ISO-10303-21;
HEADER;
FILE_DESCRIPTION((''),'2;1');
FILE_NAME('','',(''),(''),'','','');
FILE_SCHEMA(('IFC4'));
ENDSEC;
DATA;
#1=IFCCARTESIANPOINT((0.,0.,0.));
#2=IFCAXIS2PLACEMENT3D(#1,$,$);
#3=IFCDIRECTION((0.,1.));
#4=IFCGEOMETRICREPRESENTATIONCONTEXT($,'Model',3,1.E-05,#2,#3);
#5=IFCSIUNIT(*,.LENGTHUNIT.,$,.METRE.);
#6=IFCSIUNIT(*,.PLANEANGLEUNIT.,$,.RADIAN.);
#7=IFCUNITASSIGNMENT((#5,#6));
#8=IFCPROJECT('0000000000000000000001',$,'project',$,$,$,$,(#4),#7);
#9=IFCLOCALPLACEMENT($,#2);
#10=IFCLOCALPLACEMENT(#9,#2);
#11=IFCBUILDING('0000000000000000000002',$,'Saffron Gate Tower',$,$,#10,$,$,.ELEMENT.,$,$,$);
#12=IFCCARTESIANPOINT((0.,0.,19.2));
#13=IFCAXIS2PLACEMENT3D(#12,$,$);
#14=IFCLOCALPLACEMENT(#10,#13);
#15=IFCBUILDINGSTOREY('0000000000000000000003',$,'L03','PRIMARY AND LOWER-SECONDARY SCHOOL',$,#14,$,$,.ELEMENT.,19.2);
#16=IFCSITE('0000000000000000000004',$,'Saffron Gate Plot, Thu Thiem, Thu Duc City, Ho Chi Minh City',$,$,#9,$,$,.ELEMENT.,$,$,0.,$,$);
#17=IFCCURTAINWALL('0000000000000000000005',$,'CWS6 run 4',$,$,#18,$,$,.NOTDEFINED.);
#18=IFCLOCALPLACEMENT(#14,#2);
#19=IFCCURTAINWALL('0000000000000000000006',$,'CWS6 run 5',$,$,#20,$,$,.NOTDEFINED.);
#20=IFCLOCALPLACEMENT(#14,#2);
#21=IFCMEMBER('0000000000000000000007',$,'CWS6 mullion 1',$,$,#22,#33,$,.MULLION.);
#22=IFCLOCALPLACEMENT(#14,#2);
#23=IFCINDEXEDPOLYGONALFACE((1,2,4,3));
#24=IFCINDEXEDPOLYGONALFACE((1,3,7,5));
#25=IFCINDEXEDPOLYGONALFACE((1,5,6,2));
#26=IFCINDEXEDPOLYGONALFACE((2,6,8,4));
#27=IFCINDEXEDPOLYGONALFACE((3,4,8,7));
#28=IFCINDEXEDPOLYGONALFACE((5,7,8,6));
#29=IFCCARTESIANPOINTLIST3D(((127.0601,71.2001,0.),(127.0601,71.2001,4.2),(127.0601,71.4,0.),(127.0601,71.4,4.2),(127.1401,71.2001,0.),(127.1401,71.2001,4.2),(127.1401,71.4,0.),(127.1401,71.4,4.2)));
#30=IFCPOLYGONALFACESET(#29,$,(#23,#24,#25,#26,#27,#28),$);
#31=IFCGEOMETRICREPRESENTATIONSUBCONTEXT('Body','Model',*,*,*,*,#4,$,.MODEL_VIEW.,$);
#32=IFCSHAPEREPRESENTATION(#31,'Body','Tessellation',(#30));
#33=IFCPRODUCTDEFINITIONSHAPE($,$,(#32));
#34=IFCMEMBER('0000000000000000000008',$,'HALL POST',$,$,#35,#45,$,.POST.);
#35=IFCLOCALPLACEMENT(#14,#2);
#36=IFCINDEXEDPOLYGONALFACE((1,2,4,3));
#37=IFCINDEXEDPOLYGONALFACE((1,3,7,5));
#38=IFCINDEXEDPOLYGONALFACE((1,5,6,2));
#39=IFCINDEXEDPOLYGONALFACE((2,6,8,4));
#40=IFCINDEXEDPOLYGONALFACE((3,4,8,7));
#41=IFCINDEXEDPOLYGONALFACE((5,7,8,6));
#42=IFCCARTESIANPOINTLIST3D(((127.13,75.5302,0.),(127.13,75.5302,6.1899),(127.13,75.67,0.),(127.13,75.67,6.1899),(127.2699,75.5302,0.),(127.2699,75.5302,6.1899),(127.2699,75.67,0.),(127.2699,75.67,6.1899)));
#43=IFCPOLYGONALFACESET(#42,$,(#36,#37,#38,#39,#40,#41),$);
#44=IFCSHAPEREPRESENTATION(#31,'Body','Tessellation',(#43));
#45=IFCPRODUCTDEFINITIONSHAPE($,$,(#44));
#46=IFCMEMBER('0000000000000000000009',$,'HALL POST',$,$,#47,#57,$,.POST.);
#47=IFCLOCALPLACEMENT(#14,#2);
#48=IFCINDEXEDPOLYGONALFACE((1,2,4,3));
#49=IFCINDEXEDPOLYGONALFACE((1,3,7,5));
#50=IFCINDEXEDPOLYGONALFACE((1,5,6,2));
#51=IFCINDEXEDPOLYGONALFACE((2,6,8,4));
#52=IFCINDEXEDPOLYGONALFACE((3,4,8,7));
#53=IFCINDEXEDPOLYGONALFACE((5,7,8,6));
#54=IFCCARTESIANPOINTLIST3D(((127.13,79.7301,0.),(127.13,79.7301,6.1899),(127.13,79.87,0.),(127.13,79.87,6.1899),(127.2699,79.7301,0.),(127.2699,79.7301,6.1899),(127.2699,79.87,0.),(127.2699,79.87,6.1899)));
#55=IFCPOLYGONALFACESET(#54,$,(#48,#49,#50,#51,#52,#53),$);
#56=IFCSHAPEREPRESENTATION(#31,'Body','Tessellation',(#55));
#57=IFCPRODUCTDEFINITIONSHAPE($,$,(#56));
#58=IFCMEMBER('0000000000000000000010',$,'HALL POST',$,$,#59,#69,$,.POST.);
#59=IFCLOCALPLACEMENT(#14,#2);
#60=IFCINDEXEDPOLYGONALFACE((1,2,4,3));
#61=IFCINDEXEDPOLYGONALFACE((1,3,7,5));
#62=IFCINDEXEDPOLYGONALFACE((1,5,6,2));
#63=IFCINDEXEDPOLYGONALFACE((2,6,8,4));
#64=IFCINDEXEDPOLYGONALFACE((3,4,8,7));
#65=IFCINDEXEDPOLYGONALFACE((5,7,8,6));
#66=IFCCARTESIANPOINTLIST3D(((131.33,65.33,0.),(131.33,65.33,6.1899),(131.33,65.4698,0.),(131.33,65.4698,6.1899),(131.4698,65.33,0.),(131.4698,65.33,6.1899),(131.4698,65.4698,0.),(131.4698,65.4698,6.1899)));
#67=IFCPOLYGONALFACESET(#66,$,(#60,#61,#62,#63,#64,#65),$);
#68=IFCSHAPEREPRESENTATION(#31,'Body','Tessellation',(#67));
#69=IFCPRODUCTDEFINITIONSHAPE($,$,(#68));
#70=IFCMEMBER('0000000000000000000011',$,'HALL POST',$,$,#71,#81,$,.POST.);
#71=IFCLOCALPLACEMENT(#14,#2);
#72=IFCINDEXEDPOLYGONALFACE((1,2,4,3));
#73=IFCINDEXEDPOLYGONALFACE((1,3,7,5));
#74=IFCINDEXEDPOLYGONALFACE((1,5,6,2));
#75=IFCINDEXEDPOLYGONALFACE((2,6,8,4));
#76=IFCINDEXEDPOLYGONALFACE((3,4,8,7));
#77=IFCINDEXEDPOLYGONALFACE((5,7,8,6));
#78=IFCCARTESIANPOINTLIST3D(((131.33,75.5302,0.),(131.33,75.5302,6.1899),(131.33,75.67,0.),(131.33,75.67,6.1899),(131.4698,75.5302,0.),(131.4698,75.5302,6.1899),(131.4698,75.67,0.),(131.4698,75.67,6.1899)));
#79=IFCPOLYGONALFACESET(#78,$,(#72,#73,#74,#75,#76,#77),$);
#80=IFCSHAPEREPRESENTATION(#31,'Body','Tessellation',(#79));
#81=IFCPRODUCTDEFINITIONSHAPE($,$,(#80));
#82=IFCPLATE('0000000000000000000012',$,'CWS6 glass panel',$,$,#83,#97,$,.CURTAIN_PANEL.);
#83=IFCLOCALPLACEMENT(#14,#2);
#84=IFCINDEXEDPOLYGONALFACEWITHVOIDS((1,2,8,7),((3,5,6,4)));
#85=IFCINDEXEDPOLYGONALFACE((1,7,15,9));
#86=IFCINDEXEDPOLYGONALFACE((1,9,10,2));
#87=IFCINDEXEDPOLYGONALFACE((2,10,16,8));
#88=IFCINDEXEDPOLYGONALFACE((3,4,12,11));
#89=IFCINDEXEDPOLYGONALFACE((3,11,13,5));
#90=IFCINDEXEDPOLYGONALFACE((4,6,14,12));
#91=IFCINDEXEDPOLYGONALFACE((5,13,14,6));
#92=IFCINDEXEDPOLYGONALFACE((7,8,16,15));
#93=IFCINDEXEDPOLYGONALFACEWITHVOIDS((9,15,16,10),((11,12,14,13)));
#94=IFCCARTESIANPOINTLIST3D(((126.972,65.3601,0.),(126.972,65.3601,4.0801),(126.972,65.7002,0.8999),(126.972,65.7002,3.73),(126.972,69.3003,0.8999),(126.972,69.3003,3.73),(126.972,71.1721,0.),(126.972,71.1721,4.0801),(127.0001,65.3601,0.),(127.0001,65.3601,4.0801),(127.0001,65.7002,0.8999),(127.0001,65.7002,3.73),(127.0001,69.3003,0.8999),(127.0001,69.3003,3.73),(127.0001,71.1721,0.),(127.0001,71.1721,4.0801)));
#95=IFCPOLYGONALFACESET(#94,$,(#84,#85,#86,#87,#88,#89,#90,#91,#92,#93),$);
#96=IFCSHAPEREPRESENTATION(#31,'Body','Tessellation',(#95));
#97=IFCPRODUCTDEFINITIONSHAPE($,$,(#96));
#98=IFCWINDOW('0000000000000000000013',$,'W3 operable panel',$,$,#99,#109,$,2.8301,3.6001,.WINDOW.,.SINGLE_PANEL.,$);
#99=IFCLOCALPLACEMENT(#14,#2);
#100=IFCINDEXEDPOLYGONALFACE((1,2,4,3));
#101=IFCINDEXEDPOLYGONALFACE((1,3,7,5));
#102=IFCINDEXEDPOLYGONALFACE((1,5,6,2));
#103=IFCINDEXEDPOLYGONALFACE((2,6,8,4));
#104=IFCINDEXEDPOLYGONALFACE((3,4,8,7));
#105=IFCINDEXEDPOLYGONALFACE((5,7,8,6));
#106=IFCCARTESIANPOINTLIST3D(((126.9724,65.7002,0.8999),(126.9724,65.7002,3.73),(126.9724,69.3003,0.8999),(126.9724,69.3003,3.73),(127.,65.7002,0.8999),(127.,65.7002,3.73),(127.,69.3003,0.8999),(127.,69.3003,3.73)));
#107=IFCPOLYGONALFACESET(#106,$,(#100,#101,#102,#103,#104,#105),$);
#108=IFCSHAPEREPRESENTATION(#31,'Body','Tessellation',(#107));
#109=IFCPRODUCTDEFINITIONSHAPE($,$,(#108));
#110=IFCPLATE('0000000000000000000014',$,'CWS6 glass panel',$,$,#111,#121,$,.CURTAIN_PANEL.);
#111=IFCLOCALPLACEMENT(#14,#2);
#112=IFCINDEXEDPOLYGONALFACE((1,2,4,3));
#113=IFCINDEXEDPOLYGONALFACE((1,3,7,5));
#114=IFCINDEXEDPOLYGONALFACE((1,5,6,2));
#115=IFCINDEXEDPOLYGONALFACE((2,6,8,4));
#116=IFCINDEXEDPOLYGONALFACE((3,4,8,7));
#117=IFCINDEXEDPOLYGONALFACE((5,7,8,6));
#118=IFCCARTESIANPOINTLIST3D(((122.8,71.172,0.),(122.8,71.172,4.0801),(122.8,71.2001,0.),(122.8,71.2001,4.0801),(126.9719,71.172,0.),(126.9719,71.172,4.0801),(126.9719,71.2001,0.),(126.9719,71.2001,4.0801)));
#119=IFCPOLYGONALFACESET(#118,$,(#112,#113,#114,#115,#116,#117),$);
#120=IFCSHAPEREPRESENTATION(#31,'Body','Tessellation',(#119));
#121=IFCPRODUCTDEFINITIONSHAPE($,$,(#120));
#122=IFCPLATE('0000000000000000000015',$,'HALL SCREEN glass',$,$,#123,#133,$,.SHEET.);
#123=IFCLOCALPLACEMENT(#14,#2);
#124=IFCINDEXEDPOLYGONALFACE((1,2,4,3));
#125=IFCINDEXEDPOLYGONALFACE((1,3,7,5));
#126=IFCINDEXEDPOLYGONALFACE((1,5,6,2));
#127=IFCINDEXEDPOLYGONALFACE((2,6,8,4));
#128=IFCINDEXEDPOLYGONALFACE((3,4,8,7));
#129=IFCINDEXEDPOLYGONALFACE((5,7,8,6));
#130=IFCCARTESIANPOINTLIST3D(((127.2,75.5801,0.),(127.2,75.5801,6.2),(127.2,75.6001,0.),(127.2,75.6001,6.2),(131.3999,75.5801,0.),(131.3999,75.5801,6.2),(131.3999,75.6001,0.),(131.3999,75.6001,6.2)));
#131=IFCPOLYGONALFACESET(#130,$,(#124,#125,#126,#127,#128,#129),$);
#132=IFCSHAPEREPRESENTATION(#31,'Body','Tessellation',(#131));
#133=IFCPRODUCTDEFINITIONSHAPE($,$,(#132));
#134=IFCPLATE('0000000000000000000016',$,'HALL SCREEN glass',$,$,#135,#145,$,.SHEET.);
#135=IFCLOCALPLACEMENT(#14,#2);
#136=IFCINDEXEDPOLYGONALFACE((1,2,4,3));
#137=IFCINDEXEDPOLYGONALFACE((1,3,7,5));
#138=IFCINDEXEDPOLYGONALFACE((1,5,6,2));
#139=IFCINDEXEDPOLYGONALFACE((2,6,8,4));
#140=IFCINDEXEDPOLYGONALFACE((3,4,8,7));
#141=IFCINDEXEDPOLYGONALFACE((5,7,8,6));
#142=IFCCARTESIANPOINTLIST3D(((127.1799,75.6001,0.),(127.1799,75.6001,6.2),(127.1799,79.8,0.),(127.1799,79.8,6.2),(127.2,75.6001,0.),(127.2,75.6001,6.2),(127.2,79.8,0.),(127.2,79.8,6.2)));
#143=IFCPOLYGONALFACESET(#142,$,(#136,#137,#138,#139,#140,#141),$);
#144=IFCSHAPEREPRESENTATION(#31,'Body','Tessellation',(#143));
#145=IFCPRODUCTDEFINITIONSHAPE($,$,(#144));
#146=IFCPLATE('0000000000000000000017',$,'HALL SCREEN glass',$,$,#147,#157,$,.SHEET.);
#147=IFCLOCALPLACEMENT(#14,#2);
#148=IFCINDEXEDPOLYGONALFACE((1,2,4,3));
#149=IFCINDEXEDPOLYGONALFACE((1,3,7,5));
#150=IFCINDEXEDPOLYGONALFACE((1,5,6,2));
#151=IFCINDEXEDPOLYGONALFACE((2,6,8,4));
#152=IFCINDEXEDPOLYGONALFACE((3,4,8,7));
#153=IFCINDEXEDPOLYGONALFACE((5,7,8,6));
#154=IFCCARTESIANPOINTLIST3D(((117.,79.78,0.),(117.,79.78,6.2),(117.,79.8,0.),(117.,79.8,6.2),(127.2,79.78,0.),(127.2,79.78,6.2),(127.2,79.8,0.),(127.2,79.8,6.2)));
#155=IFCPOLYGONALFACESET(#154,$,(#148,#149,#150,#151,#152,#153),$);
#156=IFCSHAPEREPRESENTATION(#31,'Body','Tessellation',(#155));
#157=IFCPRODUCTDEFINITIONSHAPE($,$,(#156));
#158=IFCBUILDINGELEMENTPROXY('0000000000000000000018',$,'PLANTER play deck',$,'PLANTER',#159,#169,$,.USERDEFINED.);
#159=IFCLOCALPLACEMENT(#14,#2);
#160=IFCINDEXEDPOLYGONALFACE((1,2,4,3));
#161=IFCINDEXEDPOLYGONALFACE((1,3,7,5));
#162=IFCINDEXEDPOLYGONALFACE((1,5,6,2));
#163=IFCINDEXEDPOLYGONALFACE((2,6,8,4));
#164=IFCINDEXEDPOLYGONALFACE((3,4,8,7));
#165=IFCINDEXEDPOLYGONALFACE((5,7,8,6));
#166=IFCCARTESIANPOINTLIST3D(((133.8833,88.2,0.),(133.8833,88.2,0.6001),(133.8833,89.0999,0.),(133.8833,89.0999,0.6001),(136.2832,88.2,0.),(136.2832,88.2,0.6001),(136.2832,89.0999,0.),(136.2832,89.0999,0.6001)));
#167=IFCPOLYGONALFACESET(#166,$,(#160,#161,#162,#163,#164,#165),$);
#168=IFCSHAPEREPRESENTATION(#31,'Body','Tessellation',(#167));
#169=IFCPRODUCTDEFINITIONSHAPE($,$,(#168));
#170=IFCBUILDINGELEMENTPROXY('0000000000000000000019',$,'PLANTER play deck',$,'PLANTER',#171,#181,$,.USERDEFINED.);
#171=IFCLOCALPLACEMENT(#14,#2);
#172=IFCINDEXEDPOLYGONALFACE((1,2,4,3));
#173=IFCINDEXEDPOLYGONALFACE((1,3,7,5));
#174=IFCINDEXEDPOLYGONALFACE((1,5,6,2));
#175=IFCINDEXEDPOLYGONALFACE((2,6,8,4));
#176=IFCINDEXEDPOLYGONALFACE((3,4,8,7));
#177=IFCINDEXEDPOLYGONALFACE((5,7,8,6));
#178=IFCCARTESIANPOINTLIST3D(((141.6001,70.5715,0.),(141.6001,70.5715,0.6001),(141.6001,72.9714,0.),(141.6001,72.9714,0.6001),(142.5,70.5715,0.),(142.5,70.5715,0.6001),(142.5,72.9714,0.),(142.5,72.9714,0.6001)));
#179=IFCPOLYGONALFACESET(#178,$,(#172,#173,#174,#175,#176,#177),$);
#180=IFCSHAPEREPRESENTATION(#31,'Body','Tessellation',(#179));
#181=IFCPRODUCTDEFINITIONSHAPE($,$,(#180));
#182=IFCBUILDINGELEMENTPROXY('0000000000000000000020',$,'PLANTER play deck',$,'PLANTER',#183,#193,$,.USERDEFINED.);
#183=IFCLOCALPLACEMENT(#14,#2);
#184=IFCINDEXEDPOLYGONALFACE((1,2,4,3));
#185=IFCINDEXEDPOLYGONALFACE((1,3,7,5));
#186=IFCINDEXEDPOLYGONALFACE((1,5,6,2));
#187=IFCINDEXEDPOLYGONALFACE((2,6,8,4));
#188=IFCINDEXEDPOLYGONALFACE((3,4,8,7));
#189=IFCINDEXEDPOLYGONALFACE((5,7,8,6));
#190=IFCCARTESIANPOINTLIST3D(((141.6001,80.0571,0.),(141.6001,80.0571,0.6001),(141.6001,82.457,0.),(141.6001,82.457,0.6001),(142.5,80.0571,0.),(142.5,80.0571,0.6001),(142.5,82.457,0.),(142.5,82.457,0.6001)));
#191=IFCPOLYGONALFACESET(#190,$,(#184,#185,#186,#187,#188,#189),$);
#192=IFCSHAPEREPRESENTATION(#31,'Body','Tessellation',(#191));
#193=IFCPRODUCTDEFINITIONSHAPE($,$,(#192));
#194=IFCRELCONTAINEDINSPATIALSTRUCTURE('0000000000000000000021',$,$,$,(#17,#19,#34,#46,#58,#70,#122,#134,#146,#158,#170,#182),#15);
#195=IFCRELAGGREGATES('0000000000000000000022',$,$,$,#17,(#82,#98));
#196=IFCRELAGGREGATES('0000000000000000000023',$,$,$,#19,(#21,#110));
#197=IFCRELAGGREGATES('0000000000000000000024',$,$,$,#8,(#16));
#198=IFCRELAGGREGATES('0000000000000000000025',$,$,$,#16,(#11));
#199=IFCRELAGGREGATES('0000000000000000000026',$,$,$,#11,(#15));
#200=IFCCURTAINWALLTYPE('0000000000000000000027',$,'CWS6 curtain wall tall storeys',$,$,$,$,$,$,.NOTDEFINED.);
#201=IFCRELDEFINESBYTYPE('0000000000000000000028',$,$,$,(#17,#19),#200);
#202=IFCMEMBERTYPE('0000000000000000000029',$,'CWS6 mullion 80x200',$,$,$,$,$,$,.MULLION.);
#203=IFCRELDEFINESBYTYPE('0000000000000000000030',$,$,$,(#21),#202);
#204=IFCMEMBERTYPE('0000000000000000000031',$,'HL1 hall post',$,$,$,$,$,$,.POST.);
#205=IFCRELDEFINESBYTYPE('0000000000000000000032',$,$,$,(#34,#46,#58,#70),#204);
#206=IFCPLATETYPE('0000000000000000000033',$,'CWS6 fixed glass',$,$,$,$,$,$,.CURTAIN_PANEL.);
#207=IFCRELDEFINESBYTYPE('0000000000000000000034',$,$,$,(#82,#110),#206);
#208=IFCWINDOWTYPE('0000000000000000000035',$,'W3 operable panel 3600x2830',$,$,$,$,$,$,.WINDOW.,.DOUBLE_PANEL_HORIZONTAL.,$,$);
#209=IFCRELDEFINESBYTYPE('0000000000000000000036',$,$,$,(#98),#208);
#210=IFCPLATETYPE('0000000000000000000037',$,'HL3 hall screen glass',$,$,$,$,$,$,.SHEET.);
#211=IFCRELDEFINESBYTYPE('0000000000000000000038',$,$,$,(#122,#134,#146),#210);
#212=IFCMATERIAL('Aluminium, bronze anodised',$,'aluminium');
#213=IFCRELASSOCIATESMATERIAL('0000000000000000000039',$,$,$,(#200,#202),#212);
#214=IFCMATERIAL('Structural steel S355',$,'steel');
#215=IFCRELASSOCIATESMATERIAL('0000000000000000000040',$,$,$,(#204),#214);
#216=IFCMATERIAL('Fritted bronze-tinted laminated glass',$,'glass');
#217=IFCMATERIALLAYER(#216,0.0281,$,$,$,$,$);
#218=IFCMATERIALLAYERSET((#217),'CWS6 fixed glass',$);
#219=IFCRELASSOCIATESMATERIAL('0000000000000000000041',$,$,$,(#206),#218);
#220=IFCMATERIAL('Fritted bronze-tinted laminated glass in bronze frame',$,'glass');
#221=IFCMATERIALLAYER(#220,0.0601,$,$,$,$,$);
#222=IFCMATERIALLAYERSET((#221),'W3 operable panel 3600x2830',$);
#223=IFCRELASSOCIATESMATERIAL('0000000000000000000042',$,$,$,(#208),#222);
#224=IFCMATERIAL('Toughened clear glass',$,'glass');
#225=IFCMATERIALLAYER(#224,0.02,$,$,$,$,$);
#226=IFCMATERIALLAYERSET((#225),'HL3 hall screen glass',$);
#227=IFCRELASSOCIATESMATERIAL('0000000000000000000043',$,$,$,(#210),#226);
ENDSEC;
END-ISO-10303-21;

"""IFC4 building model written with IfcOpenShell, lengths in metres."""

from ifc_helpers import new_model, si_unit, direction, frame, frame_2d, origin, origin_2d, place, context, subcontext, project, spatial, polyline, rectangle, outline, extrude, material, layer, layer_set, material_profile, profile_set, type_object, element, fill, aggregate, save


model = new_model("IFC4")

# Units and contexts
model_context = context("Model", 3, precision=1e-05, world=origin(), true_north=direction((0.0, 1.0)))
body_context = subcontext(model_context, "Body", "Model", "MODEL_VIEW")
ifc_project = project(units=[si_unit("LENGTHUNIT", "METRE"), si_unit("PLANEANGLEUNIT", "RADIAN")], contexts=[model_context])

# Site, building, storey
site_placement = place(None, origin())
site = spatial("IfcSite", under=ifc_project, at=site_placement, Name="Saffron Gate Plot, Thu Thiem, Thu Duc City, Ho Chi Minh City", CompositionType="ELEMENT", RefElevation=0.0)
building_placement = place(site_placement, origin())
building = spatial("IfcBuilding", under=site, at=building_placement, Name="Saffron Gate Tower", CompositionType="ELEMENT")
storey_placement = place(building_placement, frame((0.0, 0.0, 19.2)))
storey = spatial("IfcBuildingStorey", under=building, at=storey_placement, Name="L03", Description="PRIMARY AND LOWER-SECONDARY SCHOOL", CompositionType="ELEMENT", Elevation=19.2)

# Shared definitions
ifc_material_1 = material(Name="Structural steel S355", Category="steel")

# Curtain walls, member
ifc_material_2 = material(Name="Aluminium, bronze anodised", Category="aluminium")
curtain_wall_type = type_object("IfcCurtainWallType", Name="CWS6 curtain wall tall storeys", PredefinedType="NOTDEFINED", material=ifc_material_2)
curtain_wall_1_placement = place(storey_placement, origin())
curtain_wall_1 = element("IfcCurtainWall", 1, at=curtain_wall_1_placement, inside=storey, type_object=curtain_wall_type, Name="CWS6 run 4", PredefinedType="NOTDEFINED")
ifc_material_profile_1 = material_profile(ifc_material_2, rectangle(XDim=0.2, YDim=0.0801, at=origin_2d()))
ifc_profile_set_1 = profile_set([ifc_material_profile_1], Name="Aluminium, bronze anodised")
member_type_1 = type_object("IfcMemberType", Name="CWS6 mullion 80x200", PredefinedType="MULLION", material=ifc_profile_set_1)
curtain_wall_2_placement = place(storey_placement, origin())
curtain_wall_2 = element("IfcCurtainWall", 2, at=curtain_wall_2_placement, inside=storey, type_object=curtain_wall_type, Name="CWS6 run 5", PredefinedType="NOTDEFINED")
member_1_placement = place(storey_placement, frame((127.1001, 71.3, 0.0), z_axis=(0.0, 0.0, 1.0), x_axis=(0.0, -1.0, 0.0)))
member_1 = element("IfcMember", 3, at=member_1_placement, type_object=member_type_1, Name="CWS6 mullion 1", PredefinedType="MULLION", context=body_context, shape_type="SweptSolid", body=[
    extrude(rectangle(XDim=0.2, YDim=0.0801, at=origin_2d()), origin(), (0.0, 0.0, 1.0), 4.2),
])

# Members
ifc_material_profile_2 = material_profile(ifc_material_1, rectangle(XDim=0.1399, YDim=0.1399, at=origin_2d()))
ifc_profile_set_2 = profile_set([ifc_material_profile_2], Name="Structural steel S355")
member_type_2 = type_object("IfcMemberType", Name="HL1 hall post", PredefinedType="POST", material=ifc_profile_set_2)
for number, where, z_axis, x_axis, name in (
    (4, (127.2, 75.6001, 0.0), (0.0, 0.0, 1.0), (1.0, 0.0, 0.0), "HALL POST"),
    (5, (127.2, 79.8, 0.0), (0.0, 0.0, 1.0), (1.0, 0.0, 0.0), "HALL POST"),
    (6, (131.3999, 65.3999, 0.0), (0.0, 0.0, 1.0), (1.0, 0.0, 0.0), "HALL POST"),
    (7, (131.3999, 75.6001, 0.0), (0.0, 0.0, 1.0), (1.0, 0.0, 0.0), "HALL POST"),
):
    element("IfcMember", number, at=place(storey_placement, frame(where, z_axis=z_axis, x_axis=x_axis)), inside=storey, type_object=member_type_2, Name=name, PredefinedType="POST", context=body_context, shape_type="SweptSolid", body=[
        extrude(rectangle(XDim=0.1399, YDim=0.1399, at=origin_2d()), origin(), (0.0, 0.0, 1.0), 6.1899),
    ])

# Plate, opening, window
ifc_material_3 = material(Name="Fritted bronze-tinted laminated glass", Category="glass")
ifc_layer_1 = layer(ifc_material_3, 0.0281)
ifc_layer_set_1 = layer_set([ifc_layer_1], Name="CWS6 fixed glass")
plate_type_1 = type_object("IfcPlateType", Name="CWS6 fixed glass", PredefinedType="CURTAIN_PANEL", material=ifc_layer_set_1)
plate_1_placement = place(storey_placement, frame((126.9861, 65.3601, 0.0), z_axis=(0.0, 0.0, 1.0), x_axis=(0.0, 1.0, 0.0)))
plate_1 = element("IfcPlate", 8, at=plate_1_placement, type_object=plate_type_1, Name="CWS6 glass panel", PredefinedType="CURTAIN_PANEL", context=body_context, shape_type="SweptSolid", body=[
    extrude(rectangle(XDim=5.812, YDim=0.0281, at=frame_2d((2.906, 0.0))), origin(), (0.0, 0.0, 1.0), 4.0801),
])
opening_1_placement = place(plate_1_placement, frame((0.3401, 0.0, 0.8999)))
opening_1 = element("IfcOpeningElement", 9, at=opening_1_placement, cuts=plate_1, PredefinedType="OPENING", context=body_context, shape_type="SweptSolid", body=[
    extrude(rectangle(XDim=3.6001, YDim=2.8301, at=frame_2d((1.8, 1.415))), frame((0.0, 0.0239, 0.0), z_axis=(0.0, -1.0, 0.0), x_axis=(1.0, 0.0, 0.0)), (0.0, 0.0, 1.0), 0.0481),
])
ifc_material_4 = material(Name="Fritted bronze-tinted laminated glass in bronze frame", Category="glass")
ifc_layer_2 = layer(ifc_material_4, 0.0601)
ifc_layer_set_2 = layer_set([ifc_layer_2], Name="W3 operable panel 3600x2830")
window_type_1 = type_object("IfcWindowType", Name="W3 operable panel 3600x2830", PartitioningType="DOUBLE_PANEL_HORIZONTAL", PredefinedType="WINDOW", material=ifc_layer_set_2)
window_1_placement = place(opening_1_placement, origin())
window_1 = element("IfcWindow", 10, at=window_1_placement, type_object=window_type_1, Name="W3 operable panel", OverallHeight=2.8301, OverallWidth=3.6001, PartitioningType="SINGLE_PANEL", PredefinedType="WINDOW", context=body_context, shape_type="SweptSolid", body=[
    extrude(rectangle(XDim=3.6001, YDim=2.8301, at=frame_2d((1.8, 1.415))), frame((0.0, 0.0137, 0.0), z_axis=(0.0, -1.0, 0.0), x_axis=(1.0, 0.0, 0.0)), (0.0, 0.0, 1.0), 0.0276),
])
fill(opening_1, window_1)
aggregate(curtain_wall_1, [plate_1, window_1])

# Plate
plate_2_placement = place(storey_placement, frame((126.9719, 71.186, 0.0), z_axis=(0.0, 0.0, 1.0), x_axis=(-1.0, 0.0, 0.0)))
plate_2 = element("IfcPlate", 11, at=plate_2_placement, type_object=plate_type_1, Name="CWS6 glass panel", PredefinedType="CURTAIN_PANEL", context=body_context, shape_type="SweptSolid", body=[
    extrude(rectangle(XDim=4.1719, YDim=0.0281, at=frame_2d((2.0859, 0.0))), origin(), (0.0, 0.0, 1.0), 4.0801),
])
aggregate(curtain_wall_2, [member_1, plate_2])

# Plates
ifc_material_5 = material(Name="Toughened clear glass", Category="glass")
ifc_layer_3 = layer(ifc_material_5, 0.02)
ifc_layer_set_3 = layer_set([ifc_layer_3], Name="HL3 hall screen glass")
plate_type_2 = type_object("IfcPlateType", Name="HL3 hall screen glass", PredefinedType="SHEET", material=ifc_layer_set_3)
for number, where, z_axis, x_axis, name in (
    (12, (131.3999, 75.6001, 0.0), (0.0, 1.0, 0.0), (-1.0, 0.0, 0.0), "HALL SCREEN glass"),
    (13, (127.2, 75.6001, 0.0), (1.0, 0.0, 0.0), (0.0, 1.0, 0.0), "HALL SCREEN glass"),
):
    element("IfcPlate", number, at=place(storey_placement, frame(where, z_axis=z_axis, x_axis=x_axis)), inside=storey, type_object=plate_type_2, Name=name, PredefinedType="SHEET", context=body_context, shape_type="SweptSolid", body=[
        extrude(outline(polyline([(0.0, 0.0), (4.2, 0.0), (4.2, 6.2), (0.0, 6.2), (0.0, 0.0)])), origin(), (0.0, 0.0, -1.0), 0.02),
    ])
plate_3_placement = place(storey_placement, frame((127.2, 79.8, 0.0), z_axis=(0.0, 1.0, 0.0), x_axis=(-1.0, 0.0, 0.0)))
element("IfcPlate", 14, at=plate_3_placement, inside=storey, type_object=plate_type_2, Name="HALL SCREEN glass", PredefinedType="SHEET", context=body_context, shape_type="SweptSolid", body=[
    extrude(outline(polyline([(0.0, 0.0), (10.2, 0.0), (10.2, 6.2), (0.0, 6.2), (0.0, 0.0)])), origin(), (0.0, 0.0, -1.0), 0.02),
])

# Building element proxies
for number, where, z_axis, x_axis, name in (
    (15, (135.0833, 88.6499, 0.0), (0.0, 0.0, 1.0), (1.0, 0.0, 0.0), "PLANTER play deck"),
    (16, (142.05, 71.7715, 0.0), (0.0, 0.0, 1.0), (0.0, 1.0, 0.0), "PLANTER play deck"),
    (17, (142.05, 81.2571, 0.0), (0.0, 0.0, 1.0), (0.0, 1.0, 0.0), "PLANTER play deck"),
):
    element("IfcBuildingElementProxy", number, at=place(storey_placement, frame(where, z_axis=z_axis, x_axis=x_axis)), inside=storey, Name=name, ObjectType="PLANTER", PredefinedType="USERDEFINED", context=body_context, shape_type="SweptSolid", body=[
        extrude(rectangle(XDim=2.3999, YDim=0.8999, at=origin_2d()), origin(), (0.0, 0.0, 1.0), 0.6001),
    ])

save(model, "model.ifc")
